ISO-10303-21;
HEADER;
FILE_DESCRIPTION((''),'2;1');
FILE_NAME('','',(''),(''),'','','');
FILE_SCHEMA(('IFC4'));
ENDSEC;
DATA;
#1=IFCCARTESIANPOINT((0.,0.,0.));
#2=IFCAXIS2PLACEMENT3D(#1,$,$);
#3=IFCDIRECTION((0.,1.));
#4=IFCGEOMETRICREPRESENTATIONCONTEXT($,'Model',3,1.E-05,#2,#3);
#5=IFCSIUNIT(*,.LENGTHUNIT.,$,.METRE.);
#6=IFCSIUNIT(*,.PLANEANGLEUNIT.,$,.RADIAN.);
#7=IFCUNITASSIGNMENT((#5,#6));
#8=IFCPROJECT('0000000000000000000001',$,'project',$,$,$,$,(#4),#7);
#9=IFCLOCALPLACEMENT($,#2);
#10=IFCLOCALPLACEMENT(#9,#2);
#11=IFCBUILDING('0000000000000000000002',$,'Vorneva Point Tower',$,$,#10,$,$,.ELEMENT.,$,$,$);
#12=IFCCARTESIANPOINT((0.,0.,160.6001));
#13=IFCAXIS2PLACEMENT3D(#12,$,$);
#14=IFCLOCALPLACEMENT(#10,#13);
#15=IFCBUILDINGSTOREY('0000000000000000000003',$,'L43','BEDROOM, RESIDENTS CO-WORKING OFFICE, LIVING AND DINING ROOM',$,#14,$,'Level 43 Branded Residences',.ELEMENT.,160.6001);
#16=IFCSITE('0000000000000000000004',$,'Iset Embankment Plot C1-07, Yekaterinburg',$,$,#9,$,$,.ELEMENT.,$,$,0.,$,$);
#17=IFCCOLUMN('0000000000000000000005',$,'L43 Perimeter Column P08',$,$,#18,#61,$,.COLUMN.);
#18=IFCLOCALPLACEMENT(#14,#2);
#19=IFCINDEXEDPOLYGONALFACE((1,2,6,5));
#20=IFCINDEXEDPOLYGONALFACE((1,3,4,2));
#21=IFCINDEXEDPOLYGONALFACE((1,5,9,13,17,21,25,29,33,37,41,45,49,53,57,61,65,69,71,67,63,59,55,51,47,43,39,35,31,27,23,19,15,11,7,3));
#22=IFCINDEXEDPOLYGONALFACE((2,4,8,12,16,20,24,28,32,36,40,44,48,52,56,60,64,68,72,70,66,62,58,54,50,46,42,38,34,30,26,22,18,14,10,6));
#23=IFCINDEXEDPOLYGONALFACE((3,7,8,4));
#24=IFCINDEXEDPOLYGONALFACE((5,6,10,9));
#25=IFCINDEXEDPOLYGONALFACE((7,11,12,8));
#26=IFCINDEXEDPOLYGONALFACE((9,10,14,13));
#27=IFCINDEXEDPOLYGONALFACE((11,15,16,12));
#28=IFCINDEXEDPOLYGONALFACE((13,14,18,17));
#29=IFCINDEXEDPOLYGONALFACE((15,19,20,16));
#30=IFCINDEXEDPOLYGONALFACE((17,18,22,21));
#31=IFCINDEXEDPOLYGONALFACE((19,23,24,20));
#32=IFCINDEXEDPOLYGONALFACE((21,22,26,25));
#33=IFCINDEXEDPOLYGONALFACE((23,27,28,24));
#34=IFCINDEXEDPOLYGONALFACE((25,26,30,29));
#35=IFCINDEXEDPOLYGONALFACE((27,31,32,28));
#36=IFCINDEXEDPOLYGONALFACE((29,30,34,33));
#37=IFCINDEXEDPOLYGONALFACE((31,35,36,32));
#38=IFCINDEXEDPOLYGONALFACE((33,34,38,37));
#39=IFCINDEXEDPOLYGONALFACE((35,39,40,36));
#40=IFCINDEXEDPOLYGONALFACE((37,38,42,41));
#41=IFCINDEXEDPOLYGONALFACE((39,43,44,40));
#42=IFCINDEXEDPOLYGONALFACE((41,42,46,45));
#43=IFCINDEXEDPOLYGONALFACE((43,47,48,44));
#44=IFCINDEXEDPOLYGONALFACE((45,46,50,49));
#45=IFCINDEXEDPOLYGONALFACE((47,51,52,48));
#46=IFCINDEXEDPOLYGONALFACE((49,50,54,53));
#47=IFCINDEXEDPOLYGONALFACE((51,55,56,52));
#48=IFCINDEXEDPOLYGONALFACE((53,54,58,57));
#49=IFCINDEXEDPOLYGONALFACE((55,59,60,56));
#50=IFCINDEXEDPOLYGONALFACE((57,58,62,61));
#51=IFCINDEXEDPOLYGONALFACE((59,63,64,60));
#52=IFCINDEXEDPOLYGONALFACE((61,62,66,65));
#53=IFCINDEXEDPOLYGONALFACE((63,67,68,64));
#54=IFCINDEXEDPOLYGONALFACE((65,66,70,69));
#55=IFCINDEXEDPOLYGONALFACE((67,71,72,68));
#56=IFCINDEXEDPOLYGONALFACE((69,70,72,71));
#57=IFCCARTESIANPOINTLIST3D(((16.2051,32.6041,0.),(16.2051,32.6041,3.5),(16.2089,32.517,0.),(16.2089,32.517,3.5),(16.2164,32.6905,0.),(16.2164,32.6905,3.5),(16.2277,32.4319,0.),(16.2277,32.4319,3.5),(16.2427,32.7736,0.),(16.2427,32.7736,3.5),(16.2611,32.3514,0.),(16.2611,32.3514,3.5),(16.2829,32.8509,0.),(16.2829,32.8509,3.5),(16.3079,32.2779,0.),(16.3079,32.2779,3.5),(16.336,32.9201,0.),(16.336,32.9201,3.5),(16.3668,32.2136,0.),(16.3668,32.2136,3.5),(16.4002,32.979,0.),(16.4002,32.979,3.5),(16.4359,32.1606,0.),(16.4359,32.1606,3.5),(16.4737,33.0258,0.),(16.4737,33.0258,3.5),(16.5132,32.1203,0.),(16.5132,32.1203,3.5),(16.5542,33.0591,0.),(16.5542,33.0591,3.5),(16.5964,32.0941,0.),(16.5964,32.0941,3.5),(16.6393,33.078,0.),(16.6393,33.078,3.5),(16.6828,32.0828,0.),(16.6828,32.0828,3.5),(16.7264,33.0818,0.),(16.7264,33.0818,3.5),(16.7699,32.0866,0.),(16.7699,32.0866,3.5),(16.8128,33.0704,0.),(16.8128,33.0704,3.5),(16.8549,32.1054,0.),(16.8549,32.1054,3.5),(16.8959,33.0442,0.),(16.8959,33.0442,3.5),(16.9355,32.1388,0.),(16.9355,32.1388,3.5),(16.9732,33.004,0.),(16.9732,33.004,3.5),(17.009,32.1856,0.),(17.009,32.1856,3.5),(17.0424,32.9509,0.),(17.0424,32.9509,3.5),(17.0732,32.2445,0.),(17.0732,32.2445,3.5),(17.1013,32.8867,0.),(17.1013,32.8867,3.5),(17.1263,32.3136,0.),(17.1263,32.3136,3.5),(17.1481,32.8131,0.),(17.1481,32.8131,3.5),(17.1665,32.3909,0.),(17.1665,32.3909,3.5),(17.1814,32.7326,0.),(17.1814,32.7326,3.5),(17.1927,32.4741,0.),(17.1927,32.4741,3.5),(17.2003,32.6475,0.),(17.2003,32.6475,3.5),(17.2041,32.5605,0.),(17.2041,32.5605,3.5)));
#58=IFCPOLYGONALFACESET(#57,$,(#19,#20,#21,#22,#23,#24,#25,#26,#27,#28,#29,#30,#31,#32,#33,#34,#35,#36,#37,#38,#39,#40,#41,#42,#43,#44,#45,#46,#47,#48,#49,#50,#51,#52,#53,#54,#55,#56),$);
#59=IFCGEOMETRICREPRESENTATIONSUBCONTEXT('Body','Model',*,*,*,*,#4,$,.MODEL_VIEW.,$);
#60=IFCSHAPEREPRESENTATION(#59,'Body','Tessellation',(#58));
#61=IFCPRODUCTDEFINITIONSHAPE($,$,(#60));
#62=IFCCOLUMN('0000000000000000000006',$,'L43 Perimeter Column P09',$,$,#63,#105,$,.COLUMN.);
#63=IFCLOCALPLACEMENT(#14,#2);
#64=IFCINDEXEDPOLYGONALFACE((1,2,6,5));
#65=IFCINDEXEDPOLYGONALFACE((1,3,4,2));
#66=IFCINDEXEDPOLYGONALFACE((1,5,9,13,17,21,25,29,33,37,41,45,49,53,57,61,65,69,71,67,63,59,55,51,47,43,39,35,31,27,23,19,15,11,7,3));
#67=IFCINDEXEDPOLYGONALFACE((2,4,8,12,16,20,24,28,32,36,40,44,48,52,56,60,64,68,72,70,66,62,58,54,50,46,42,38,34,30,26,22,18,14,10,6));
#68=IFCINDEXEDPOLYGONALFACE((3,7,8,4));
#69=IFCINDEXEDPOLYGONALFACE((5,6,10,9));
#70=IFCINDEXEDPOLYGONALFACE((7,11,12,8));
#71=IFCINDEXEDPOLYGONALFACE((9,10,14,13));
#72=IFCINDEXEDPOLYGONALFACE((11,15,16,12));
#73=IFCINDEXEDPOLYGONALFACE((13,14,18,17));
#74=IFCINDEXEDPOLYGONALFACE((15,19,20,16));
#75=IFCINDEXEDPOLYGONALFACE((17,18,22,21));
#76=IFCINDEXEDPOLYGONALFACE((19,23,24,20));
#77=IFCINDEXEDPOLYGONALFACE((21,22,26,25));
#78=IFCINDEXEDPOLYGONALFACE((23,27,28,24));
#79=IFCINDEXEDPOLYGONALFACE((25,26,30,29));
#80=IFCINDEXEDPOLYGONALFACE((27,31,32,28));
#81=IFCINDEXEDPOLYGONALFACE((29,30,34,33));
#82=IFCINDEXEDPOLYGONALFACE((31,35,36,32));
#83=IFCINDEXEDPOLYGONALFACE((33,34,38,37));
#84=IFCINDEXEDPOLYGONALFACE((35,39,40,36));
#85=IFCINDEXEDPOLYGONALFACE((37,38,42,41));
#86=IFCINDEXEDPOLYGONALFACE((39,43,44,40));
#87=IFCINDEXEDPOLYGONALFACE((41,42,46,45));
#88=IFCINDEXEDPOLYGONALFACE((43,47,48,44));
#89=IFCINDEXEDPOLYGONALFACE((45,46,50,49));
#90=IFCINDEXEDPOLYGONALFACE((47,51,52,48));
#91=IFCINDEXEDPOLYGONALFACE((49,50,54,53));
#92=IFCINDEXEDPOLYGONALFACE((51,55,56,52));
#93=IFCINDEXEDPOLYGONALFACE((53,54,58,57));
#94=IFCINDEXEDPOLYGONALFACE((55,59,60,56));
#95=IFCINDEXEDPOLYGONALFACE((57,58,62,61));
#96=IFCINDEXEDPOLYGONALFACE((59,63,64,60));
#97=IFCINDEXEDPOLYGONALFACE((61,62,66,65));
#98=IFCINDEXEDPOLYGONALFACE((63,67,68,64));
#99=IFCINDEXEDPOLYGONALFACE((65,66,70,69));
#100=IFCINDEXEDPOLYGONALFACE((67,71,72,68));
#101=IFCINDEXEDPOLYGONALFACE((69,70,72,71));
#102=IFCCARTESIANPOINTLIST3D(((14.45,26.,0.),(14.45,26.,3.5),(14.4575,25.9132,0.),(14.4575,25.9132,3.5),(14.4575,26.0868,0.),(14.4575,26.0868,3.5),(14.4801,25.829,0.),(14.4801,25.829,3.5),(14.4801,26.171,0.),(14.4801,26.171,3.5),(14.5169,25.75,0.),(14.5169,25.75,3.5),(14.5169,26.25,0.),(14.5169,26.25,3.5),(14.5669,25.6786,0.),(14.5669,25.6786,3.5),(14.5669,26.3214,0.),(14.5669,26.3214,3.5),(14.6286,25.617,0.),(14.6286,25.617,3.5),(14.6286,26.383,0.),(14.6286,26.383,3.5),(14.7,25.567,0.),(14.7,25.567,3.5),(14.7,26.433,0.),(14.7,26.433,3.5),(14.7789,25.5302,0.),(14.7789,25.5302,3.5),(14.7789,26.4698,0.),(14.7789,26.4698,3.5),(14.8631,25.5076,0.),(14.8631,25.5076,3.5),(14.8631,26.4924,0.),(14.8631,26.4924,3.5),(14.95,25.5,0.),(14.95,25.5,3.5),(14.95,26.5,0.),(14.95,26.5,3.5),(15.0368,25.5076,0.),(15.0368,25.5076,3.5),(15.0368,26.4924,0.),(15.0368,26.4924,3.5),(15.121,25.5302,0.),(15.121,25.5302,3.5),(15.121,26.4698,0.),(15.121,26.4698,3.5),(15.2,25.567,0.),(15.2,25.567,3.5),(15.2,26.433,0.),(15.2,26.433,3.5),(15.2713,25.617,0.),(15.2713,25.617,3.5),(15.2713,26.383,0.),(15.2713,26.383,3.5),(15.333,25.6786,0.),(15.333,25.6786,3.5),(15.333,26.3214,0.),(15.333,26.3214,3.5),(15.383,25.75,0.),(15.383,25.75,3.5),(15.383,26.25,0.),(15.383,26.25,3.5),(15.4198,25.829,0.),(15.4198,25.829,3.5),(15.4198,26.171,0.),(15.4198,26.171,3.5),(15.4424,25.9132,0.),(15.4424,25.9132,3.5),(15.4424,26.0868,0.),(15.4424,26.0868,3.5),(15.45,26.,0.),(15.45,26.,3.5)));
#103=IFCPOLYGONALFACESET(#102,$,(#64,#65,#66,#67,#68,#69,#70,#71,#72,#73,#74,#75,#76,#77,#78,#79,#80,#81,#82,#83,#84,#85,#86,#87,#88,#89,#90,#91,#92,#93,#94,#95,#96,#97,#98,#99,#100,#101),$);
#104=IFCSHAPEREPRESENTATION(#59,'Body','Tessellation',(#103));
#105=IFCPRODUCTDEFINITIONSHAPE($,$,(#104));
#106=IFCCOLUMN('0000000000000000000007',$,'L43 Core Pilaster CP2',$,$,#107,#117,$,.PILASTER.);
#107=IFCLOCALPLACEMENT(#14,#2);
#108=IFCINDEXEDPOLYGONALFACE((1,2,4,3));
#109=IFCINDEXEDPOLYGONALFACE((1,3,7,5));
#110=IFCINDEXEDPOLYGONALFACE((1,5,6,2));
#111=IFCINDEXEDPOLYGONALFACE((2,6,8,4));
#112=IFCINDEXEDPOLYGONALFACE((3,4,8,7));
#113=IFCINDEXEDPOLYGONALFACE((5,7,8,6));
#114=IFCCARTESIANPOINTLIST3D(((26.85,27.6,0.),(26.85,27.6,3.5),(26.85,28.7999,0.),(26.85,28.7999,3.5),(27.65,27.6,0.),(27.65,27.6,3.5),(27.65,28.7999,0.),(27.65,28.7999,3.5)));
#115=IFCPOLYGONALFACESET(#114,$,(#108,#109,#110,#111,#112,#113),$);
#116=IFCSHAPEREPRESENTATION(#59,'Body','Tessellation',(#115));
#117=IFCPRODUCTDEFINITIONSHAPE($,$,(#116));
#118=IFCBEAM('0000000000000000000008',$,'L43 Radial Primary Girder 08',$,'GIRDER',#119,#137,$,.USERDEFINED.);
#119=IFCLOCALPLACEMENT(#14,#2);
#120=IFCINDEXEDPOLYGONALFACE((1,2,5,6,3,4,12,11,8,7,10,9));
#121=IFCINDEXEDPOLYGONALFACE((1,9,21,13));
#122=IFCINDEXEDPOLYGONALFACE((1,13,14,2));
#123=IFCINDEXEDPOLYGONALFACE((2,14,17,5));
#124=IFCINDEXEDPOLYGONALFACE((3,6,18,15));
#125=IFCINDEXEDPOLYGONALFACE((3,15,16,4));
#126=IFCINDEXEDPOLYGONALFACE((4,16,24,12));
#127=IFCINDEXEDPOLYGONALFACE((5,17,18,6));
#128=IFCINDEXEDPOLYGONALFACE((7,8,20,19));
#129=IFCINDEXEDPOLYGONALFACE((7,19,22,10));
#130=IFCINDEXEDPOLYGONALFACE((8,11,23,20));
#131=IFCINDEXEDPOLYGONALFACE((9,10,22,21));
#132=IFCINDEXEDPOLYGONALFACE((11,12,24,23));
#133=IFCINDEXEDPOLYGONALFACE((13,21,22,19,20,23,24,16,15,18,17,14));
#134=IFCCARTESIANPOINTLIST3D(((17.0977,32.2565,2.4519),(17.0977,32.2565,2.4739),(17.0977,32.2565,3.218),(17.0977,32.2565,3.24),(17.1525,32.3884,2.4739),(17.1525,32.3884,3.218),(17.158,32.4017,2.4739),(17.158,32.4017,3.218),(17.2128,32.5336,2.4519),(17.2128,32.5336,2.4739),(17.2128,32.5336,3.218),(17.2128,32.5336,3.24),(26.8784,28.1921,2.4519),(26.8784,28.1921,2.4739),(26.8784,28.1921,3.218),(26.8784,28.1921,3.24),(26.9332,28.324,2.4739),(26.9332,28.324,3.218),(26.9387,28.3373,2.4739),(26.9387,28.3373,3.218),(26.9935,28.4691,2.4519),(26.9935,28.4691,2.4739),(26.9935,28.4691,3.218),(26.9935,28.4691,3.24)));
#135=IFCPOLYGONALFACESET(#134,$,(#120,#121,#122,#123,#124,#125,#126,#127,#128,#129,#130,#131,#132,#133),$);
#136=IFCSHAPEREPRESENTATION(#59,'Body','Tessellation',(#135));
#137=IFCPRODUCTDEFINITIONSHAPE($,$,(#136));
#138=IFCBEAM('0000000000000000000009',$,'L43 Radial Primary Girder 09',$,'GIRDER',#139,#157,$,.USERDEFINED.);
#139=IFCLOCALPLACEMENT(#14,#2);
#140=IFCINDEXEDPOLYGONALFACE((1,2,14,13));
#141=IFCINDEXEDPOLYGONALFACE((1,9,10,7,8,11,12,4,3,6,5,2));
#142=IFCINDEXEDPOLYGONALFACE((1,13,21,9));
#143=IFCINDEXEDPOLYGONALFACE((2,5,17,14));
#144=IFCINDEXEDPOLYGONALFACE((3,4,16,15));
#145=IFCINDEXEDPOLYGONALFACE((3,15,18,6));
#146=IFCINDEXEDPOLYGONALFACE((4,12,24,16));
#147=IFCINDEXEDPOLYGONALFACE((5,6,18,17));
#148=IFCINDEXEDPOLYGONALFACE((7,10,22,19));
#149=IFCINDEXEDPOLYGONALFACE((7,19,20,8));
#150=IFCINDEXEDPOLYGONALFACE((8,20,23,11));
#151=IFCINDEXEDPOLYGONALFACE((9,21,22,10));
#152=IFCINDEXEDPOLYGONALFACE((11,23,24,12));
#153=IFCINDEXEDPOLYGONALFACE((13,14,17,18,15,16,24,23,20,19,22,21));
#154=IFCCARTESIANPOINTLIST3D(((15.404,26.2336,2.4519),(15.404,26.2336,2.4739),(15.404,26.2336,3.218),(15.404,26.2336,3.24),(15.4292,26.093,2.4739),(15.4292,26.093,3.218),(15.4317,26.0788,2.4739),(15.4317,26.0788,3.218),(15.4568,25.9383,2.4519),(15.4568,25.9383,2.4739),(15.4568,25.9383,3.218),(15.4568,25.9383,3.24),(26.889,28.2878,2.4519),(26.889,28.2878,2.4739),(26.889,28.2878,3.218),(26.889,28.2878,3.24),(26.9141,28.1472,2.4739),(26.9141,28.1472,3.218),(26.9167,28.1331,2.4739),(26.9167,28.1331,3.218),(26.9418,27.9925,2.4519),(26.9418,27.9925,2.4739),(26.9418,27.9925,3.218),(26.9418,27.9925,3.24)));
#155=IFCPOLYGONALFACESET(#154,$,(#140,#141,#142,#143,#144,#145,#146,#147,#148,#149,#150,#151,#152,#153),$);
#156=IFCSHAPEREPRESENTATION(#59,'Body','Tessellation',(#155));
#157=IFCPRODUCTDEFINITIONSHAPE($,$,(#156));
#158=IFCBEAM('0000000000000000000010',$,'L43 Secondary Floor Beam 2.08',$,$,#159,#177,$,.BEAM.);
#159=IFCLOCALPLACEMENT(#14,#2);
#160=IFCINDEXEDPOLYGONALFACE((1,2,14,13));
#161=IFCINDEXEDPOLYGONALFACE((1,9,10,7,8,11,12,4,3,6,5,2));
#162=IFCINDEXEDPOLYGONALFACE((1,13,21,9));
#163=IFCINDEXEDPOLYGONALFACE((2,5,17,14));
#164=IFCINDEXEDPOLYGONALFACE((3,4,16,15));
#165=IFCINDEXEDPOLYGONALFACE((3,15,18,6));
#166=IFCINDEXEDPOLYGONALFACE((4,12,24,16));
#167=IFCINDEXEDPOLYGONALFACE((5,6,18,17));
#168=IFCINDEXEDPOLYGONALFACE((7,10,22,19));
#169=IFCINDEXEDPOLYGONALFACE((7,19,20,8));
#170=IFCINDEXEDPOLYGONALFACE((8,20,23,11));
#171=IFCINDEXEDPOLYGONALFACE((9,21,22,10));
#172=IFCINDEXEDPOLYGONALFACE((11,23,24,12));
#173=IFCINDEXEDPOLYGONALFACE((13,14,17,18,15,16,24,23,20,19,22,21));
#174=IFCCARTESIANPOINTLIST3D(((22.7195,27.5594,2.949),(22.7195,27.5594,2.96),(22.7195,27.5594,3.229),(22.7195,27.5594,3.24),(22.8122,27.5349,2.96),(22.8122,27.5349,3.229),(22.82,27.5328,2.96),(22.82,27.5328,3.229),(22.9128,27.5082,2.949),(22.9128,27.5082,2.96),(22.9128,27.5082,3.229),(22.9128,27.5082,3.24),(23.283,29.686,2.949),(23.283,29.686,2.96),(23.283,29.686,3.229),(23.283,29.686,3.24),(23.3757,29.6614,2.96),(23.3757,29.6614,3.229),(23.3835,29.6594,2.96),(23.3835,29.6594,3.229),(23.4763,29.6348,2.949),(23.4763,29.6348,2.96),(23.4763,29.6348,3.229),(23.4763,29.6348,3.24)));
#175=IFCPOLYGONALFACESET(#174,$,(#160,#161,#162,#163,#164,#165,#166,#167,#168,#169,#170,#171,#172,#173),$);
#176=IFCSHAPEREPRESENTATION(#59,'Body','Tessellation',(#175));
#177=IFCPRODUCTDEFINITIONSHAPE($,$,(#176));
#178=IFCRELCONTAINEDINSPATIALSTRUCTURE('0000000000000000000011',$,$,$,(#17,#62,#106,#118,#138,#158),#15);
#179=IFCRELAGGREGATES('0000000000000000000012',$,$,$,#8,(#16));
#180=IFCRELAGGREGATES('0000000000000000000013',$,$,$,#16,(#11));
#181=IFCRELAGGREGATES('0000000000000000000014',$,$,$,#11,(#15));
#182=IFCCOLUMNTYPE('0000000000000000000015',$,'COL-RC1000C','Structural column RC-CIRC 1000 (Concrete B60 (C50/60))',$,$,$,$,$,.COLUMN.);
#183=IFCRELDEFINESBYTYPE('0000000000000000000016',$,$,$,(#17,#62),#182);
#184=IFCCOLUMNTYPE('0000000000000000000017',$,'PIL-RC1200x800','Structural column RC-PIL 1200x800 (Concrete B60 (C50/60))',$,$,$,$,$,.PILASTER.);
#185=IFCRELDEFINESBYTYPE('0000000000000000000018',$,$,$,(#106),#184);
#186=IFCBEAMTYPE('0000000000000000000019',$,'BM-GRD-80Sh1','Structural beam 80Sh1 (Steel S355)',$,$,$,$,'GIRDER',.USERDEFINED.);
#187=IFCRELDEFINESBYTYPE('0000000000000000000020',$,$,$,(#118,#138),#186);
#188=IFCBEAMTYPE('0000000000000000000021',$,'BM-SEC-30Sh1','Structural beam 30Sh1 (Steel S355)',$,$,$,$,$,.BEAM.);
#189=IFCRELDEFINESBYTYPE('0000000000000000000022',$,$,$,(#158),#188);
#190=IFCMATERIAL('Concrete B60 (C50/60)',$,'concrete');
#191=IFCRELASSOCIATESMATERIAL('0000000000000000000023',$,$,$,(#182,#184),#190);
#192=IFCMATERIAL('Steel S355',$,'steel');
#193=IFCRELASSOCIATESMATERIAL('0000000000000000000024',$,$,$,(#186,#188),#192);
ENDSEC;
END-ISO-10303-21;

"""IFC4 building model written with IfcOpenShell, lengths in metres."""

from ifc_helpers import new_model, si_unit, direction, frame, origin, origin_2d, place, context, subcontext, project, spatial, rectangle, circle, i_section, extrude, material, material_profile, profile_set, type_object, element, save


model = new_model("IFC4")

# Units and contexts
model_context = context("Model", 3, precision=1e-05, world=origin(), true_north=direction((0.0, 1.0)))
body_context = subcontext(model_context, "Body", "Model", "MODEL_VIEW")
ifc_project = project(units=[si_unit("LENGTHUNIT", "METRE"), si_unit("PLANEANGLEUNIT", "RADIAN")], contexts=[model_context])

# Site, building, storey
site_placement = place(None, origin())
site = spatial("IfcSite", under=ifc_project, at=site_placement, Name="Iset Embankment Plot C1-07, Yekaterinburg", CompositionType="ELEMENT", RefElevation=0.0)
building_placement = place(site_placement, origin())
building = spatial("IfcBuilding", under=site, at=building_placement, Name="Vorneva Point Tower", CompositionType="ELEMENT")
storey_placement = place(building_placement, frame((0.0, 0.0, 160.6001)))
storey = spatial("IfcBuildingStorey", under=building, at=storey_placement, Name="L43", Description="BEDROOM, RESIDENTS CO-WORKING OFFICE, LIVING AND DINING ROOM", LongName="Level 43 Branded Residences", CompositionType="ELEMENT", Elevation=160.6001)

# Columns
ifc_material_1 = material(Name="Concrete B60 (C50/60)", Category="concrete")
ifc_material_profile_1 = material_profile(ifc_material_1, circle(Radius=0.5, at=origin_2d()), Name="RC-CIRC 1000")
ifc_profile_set_1 = profile_set([ifc_material_profile_1], Name="Concrete B60 (C50/60)")
column_type_1 = type_object("IfcColumnType", Name="COL-RC1000C", Description="Structural column RC-CIRC 1000 (Concrete B60 (C50/60))", PredefinedType="COLUMN", material=ifc_profile_set_1)
for number, where, z_axis, x_axis, name in (
    (1, (16.7046, 32.5823, 0.0), (0.0, 0.0, 1.0), (-0.92388, 0.382683, 0.0), "L43 Perimeter Column P08"),
    (2, (14.95, 26.0, 0.0), (0.0, 0.0, 1.0), (-1.0, 0.0, 0.0), "L43 Perimeter Column P09"),
):
    element("IfcColumn", number, at=place(storey_placement, frame(where, z_axis=z_axis, x_axis=x_axis)), inside=storey, type_object=column_type_1, Name=name, PredefinedType="COLUMN", context=body_context, shape_type="SweptSolid", body=[
        extrude(circle(Radius=0.5, at=origin_2d()), origin(), (0.0, 0.0, 1.0), 3.5),
    ])
ifc_material_profile_2 = material_profile(ifc_material_1, rectangle(XDim=0.8, YDim=1.2, at=origin_2d()), Name="RC-PIL 1200x800")
ifc_profile_set_2 = profile_set([ifc_material_profile_2], Name="Concrete B60 (C50/60)")
column_type_2 = type_object("IfcColumnType", Name="PIL-RC1200x800", Description="Structural column RC-PIL 1200x800 (Concrete B60 (C50/60))", PredefinedType="PILASTER", material=ifc_profile_set_2)
column_placement = place(storey_placement, frame((27.25, 28.2, 0.0), z_axis=(0.0, 0.0, 1.0), x_axis=(1.0, 0.0, 0.0)))
element("IfcColumn", 3, at=column_placement, inside=storey, type_object=column_type_2, Name="L43 Core Pilaster CP2", PredefinedType="PILASTER", context=body_context, shape_type="SweptSolid", body=[
    extrude(rectangle(XDim=0.8, YDim=1.2, at=origin_2d()), origin(), (0.0, 0.0, 1.0), 3.5),
])

# Beams
ifc_material_2 = material(Name="Steel S355", Category="steel")
ifc_material_profile_3 = material_profile(ifc_material_2, i_section(OverallWidth=0.3, OverallDepth=0.7881, WebThickness=0.0144, FlangeThickness=0.022, at=origin_2d()), Name="80Sh1")
ifc_profile_set_3 = profile_set([ifc_material_profile_3], Name="Steel S355")
beam_type_1 = type_object("IfcBeamType", Name="BM-GRD-80Sh1", Description="Structural beam 80Sh1 (Steel S355)", ElementType="GIRDER", PredefinedType="USERDEFINED", material=ifc_profile_set_3)
beam_1_placement = place(storey_placement, frame((17.1553, 32.395, 2.8459), z_axis=(0.923441, -0.383741, 0.0), x_axis=(0.383741, 0.923441, 0.0)))
element("IfcBeam", 4, at=beam_1_placement, inside=storey, type_object=beam_type_1, Name="L43 Radial Primary Girder 08", ObjectType="GIRDER", PredefinedType="USERDEFINED", context=body_context, shape_type="SweptSolid", body=[
    extrude(i_section(OverallWidth=0.3, OverallDepth=0.7881, WebThickness=0.0144, FlangeThickness=0.022, at=origin_2d()), origin(), (0.0, 0.0, 1.0), 10.5916),
])
beam_2_placement = place(storey_placement, frame((15.4304, 26.0859, 2.8459), z_axis=(0.984378, 0.176067, 0.0), x_axis=(-0.176067, 0.984378, 0.0)))
element("IfcBeam", 5, at=beam_2_placement, inside=storey, type_object=beam_type_1, Name="L43 Radial Primary Girder 09", ObjectType="GIRDER", PredefinedType="USERDEFINED", context=body_context, shape_type="SweptSolid", body=[
    extrude(i_section(OverallWidth=0.3, OverallDepth=0.7881, WebThickness=0.0144, FlangeThickness=0.022, at=origin_2d()), origin(), (0.0, 0.0, 1.0), 11.6672),
])
ifc_material_profile_4 = material_profile(ifc_material_2, i_section(OverallWidth=0.2, OverallDepth=0.291, WebThickness=0.0081, FlangeThickness=0.011, at=origin_2d()), Name="30Sh1")
ifc_profile_set_4 = profile_set([ifc_material_profile_4], Name="Steel S355")
beam_type_2 = type_object("IfcBeamType", Name="BM-SEC-30Sh1", Description="Structural beam 30Sh1 (Steel S355)", PredefinedType="BEAM", material=ifc_profile_set_4)
beam_3_placement = place(storey_placement, frame((23.3796, 29.6604, 3.0945), z_axis=(-0.256143, -0.966639, 0.0), x_axis=(0.966639, -0.256143, 0.0)))
element("IfcBeam", 6, at=beam_3_placement, inside=storey, type_object=beam_type_2, Name="L43 Secondary Floor Beam 2.08", PredefinedType="BEAM", context=body_context, shape_type="SweptSolid", body=[
    extrude(i_section(OverallWidth=0.2, OverallDepth=0.291, WebThickness=0.0081, FlangeThickness=0.011, at=origin_2d()), origin(), (0.0, 0.0, 1.0), 2.2),
])

save(model, "model.ifc")
